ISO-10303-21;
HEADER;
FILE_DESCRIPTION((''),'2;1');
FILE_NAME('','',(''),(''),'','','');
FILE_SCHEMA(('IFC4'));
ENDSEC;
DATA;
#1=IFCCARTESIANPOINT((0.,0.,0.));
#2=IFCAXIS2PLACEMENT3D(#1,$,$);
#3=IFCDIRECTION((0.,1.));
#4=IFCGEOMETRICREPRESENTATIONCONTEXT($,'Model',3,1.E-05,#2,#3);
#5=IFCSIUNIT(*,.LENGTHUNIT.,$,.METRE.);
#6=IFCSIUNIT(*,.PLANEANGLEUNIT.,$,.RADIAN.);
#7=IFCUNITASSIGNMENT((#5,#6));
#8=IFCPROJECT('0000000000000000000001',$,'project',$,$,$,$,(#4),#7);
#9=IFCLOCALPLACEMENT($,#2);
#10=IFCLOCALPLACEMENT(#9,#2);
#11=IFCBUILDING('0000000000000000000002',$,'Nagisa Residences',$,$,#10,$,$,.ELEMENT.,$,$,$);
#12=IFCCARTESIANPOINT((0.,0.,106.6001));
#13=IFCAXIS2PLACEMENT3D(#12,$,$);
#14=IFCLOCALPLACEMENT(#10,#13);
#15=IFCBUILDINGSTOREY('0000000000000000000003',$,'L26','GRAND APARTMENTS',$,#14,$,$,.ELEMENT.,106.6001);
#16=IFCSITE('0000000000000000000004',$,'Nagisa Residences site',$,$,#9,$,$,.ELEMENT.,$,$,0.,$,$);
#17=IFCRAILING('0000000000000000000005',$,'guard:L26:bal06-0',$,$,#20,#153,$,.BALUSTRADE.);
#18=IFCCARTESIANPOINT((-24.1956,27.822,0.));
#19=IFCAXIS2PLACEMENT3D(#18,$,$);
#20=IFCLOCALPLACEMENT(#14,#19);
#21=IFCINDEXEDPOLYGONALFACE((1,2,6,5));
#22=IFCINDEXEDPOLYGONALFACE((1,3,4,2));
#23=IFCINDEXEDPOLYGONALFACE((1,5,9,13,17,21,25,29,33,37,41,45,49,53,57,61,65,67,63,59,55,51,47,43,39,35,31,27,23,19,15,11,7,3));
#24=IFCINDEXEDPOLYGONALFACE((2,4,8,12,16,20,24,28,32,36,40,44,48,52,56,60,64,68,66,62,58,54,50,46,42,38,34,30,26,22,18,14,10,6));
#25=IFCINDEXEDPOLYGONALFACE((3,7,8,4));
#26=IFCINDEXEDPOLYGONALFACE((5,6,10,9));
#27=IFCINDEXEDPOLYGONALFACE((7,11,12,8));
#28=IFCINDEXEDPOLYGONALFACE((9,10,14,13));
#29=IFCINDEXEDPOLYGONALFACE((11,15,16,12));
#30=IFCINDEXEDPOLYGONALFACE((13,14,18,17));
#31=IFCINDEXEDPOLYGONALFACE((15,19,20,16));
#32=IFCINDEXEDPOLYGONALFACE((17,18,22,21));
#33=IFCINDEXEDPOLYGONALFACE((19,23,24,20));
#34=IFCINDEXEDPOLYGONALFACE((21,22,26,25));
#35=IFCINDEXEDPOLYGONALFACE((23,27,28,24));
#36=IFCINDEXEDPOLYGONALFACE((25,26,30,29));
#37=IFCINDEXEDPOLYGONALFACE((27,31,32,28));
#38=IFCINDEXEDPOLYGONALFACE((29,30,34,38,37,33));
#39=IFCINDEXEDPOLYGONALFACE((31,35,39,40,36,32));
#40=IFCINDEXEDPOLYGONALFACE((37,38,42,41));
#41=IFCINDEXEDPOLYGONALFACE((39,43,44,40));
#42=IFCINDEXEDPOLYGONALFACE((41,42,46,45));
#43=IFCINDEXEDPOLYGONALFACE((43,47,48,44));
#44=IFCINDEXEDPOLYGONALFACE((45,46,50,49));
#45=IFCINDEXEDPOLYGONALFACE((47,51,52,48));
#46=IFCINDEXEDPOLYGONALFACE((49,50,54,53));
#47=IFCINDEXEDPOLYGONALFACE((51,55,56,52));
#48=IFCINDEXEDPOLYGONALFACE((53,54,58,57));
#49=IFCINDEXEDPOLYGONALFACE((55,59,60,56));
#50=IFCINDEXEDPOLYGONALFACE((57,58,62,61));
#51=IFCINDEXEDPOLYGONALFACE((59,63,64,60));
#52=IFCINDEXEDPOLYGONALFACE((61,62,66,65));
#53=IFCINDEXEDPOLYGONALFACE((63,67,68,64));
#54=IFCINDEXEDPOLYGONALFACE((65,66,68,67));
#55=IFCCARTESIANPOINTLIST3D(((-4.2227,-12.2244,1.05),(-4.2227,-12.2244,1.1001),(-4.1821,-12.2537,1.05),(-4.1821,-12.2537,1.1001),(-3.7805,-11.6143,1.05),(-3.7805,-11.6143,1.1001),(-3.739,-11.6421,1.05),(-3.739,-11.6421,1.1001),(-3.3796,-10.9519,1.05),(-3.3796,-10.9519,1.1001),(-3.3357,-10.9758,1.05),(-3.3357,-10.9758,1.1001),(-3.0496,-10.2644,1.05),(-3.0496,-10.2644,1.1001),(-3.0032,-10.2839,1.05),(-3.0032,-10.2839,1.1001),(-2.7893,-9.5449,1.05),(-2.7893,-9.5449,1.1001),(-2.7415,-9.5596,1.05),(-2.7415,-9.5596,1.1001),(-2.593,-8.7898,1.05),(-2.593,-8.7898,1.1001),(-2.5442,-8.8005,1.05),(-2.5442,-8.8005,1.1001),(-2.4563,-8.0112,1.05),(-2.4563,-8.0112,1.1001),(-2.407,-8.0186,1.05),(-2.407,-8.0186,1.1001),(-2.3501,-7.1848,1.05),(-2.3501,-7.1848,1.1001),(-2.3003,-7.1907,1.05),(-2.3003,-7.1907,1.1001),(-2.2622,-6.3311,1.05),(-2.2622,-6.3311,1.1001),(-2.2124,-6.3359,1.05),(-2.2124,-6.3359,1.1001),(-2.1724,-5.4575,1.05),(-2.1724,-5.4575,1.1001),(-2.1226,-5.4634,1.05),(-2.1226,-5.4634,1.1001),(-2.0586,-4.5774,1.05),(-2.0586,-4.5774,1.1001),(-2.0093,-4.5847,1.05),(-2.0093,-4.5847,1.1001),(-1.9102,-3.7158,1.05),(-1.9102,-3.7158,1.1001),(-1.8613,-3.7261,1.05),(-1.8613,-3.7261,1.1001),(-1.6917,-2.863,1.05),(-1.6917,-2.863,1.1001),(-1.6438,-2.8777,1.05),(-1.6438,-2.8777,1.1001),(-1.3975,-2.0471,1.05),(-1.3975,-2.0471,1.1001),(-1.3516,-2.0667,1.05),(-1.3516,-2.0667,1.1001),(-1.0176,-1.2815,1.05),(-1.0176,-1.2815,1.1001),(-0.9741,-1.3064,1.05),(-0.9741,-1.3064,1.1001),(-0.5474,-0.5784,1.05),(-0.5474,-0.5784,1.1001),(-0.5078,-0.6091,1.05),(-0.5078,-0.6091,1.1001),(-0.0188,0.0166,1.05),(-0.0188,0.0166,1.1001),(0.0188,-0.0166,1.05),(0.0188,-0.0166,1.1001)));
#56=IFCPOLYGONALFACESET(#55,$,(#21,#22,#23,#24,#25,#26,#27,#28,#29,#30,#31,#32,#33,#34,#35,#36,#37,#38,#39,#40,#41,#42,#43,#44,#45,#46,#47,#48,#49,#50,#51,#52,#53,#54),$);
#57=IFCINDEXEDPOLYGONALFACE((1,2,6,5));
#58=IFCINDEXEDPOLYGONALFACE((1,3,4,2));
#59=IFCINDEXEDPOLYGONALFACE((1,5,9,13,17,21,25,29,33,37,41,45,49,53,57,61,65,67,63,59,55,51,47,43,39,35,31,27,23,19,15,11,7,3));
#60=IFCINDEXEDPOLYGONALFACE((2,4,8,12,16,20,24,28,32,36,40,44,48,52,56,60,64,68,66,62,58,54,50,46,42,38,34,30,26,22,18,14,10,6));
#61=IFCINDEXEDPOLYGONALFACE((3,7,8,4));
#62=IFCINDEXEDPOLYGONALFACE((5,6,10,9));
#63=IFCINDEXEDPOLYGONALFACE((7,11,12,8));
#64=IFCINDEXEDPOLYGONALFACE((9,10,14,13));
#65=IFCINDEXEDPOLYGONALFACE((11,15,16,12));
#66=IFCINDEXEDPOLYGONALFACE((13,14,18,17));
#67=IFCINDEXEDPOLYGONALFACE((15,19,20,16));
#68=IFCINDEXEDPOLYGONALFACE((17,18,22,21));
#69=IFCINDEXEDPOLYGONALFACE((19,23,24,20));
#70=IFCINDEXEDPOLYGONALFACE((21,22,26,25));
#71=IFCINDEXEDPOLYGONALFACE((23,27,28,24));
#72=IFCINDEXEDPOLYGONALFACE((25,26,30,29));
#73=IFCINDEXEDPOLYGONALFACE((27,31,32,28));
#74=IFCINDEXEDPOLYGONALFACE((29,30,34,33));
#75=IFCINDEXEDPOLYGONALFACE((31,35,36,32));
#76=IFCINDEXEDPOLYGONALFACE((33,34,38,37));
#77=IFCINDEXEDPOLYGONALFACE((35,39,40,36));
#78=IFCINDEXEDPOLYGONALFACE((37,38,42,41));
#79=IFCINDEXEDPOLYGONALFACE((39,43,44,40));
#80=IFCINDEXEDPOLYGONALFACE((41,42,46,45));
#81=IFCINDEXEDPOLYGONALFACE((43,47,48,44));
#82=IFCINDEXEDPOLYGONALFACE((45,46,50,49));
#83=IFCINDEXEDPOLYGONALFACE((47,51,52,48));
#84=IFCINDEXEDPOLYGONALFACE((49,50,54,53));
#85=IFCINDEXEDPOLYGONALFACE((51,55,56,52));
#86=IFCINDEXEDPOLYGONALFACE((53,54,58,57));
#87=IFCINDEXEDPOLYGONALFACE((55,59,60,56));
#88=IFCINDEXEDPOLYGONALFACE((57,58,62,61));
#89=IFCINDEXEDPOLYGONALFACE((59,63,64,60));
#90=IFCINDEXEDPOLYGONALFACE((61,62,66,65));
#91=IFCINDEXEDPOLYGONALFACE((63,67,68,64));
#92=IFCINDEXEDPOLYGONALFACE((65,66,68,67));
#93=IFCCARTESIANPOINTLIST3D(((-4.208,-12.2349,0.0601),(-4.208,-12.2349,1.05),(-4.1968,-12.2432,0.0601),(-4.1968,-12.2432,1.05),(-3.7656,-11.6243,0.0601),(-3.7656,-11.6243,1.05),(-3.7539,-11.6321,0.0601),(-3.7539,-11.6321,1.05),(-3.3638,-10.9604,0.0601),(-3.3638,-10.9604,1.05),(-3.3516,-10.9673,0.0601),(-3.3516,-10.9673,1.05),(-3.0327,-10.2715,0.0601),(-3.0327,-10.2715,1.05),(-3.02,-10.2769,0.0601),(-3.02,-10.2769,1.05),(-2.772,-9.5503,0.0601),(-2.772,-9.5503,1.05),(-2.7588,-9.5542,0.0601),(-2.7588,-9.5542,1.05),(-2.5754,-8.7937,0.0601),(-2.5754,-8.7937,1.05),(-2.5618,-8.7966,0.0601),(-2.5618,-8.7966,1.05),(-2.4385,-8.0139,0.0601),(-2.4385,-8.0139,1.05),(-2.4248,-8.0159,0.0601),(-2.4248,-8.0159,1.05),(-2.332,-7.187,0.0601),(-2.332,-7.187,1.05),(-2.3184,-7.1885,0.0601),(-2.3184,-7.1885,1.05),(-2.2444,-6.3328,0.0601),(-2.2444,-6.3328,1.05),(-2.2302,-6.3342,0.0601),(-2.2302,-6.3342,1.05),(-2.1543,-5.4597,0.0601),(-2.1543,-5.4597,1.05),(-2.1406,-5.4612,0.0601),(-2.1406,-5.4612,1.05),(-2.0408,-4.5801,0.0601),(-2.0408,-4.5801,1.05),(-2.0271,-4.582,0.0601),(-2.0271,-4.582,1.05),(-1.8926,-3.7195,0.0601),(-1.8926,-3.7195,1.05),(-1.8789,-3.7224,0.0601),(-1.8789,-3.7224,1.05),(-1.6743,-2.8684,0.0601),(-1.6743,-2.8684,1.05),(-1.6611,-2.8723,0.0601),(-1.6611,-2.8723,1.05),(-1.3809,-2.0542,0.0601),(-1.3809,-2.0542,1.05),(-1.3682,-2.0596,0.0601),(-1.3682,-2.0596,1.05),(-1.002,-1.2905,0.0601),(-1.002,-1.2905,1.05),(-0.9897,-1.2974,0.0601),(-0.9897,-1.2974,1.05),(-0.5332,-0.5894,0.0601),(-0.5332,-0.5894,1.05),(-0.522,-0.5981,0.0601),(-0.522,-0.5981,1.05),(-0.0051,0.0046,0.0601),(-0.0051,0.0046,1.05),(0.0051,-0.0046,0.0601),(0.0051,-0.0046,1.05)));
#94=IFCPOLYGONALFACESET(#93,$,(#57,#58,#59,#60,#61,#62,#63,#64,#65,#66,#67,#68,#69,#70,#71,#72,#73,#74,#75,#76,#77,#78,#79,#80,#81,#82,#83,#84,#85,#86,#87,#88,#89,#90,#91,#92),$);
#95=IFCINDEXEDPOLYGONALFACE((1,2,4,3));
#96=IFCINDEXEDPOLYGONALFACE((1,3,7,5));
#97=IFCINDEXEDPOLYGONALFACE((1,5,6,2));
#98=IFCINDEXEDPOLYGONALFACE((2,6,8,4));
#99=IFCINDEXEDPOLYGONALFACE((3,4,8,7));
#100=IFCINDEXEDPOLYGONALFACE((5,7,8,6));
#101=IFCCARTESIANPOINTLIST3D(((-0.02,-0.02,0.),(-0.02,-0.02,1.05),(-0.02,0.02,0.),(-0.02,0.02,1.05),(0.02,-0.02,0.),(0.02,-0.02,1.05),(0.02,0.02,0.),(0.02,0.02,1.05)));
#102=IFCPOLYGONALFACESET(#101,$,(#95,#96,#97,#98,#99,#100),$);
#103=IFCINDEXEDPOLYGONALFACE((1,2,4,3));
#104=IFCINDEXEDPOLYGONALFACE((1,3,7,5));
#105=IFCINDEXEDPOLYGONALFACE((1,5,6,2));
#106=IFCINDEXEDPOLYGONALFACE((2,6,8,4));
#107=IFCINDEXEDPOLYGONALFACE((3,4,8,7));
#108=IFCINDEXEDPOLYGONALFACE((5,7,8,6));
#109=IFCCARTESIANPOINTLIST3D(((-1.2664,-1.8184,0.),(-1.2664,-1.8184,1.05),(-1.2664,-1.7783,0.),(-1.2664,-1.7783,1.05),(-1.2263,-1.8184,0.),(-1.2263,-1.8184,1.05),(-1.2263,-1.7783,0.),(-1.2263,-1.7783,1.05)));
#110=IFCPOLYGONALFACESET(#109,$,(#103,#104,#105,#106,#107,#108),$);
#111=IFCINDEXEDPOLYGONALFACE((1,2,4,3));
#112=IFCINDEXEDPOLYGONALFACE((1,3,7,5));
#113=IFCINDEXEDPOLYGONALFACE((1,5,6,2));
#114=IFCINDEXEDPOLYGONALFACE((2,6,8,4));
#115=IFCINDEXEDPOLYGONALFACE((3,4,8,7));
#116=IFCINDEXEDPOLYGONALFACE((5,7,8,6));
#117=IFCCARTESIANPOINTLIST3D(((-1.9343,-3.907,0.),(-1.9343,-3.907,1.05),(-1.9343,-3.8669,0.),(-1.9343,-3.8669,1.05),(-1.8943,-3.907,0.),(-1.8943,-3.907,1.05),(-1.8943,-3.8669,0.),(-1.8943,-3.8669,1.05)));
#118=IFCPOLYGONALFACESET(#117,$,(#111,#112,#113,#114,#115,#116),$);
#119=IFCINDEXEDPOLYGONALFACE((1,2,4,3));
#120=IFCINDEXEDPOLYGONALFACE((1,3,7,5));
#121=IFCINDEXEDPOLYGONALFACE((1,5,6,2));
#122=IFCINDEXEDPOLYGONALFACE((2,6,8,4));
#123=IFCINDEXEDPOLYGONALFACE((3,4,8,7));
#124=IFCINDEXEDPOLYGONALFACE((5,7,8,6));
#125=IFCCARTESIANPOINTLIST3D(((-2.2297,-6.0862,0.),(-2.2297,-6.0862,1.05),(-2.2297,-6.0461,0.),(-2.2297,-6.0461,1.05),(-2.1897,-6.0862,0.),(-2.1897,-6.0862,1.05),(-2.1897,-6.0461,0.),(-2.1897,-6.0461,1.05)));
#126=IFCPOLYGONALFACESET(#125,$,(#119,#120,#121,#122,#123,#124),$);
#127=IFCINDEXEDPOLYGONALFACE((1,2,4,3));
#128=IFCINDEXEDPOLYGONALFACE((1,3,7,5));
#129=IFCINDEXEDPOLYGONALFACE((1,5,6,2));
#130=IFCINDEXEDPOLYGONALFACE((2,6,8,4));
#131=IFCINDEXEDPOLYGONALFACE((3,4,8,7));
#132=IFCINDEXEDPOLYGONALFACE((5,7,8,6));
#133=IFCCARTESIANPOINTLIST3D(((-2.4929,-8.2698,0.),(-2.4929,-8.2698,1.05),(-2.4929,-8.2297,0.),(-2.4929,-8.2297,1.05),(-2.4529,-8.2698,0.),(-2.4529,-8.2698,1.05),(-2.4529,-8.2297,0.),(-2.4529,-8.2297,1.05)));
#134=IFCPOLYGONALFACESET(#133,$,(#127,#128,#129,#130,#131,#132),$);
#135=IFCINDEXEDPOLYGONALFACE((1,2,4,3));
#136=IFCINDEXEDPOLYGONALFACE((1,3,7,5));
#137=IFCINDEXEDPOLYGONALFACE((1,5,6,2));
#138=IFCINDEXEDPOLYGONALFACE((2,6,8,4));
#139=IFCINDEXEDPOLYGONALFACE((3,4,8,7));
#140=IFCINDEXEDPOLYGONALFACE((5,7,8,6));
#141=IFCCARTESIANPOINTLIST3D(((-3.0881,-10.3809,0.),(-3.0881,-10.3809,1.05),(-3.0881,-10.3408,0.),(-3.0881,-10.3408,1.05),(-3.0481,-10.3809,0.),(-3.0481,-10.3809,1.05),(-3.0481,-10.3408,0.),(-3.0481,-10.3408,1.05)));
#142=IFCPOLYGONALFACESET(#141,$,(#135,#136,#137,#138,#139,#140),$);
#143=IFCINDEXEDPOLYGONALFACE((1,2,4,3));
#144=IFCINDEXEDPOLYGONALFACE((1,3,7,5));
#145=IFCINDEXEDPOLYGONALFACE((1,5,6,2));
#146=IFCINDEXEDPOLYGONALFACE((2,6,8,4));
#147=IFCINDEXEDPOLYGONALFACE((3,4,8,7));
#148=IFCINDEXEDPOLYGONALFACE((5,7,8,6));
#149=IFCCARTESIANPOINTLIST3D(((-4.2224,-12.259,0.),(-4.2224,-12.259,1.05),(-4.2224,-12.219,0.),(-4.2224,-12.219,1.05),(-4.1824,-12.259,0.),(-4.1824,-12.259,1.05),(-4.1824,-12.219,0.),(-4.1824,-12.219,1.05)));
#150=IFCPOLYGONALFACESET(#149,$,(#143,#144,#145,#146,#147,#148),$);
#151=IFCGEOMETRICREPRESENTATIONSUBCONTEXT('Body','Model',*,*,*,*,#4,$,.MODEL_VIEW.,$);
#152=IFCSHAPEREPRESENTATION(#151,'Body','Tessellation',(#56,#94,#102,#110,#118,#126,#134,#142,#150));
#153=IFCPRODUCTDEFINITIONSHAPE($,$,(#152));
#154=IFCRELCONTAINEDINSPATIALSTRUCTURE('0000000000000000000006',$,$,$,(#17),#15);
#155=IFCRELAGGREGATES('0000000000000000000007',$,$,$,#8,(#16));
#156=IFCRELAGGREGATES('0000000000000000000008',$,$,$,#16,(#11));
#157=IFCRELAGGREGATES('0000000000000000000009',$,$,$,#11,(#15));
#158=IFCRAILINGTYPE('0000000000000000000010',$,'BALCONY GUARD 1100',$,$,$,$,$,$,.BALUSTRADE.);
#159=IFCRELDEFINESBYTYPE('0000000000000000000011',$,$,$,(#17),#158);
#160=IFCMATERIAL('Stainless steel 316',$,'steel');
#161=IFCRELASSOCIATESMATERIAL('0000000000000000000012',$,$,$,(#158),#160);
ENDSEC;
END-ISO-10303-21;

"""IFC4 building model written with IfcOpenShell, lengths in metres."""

from ifc_helpers import new_model, si_unit, direction, frame, origin, origin_2d, place, context, subcontext, project, spatial, polyline, rectangle, outline, extrude, material, type_object, element, save


model = new_model("IFC4")

# Units and contexts
model_context = context("Model", 3, precision=1e-05, world=origin(), true_north=direction((0.0, 1.0)))
body_context = subcontext(model_context, "Body", "Model", "MODEL_VIEW")
ifc_project = project(units=[si_unit("LENGTHUNIT", "METRE"), si_unit("PLANEANGLEUNIT", "RADIAN")], contexts=[model_context])

# Site, building, storey
site_placement = place(None, origin())
site = spatial("IfcSite", under=ifc_project, at=site_placement, Name="Nagisa Residences site", CompositionType="ELEMENT", RefElevation=0.0)
building_placement = place(site_placement, origin())
building = spatial("IfcBuilding", under=site, at=building_placement, Name="Nagisa Residences", CompositionType="ELEMENT")
storey_placement = place(building_placement, frame((0.0, 0.0, 106.6001)))
storey = spatial("IfcBuildingStorey", under=building, at=storey_placement, Name="L26", Description="GRAND APARTMENTS", CompositionType="ELEMENT", Elevation=106.6001)

# Railing
ifc_material_1 = material(Name="Stainless steel 316", Category="steel")
railing_type = type_object("IfcRailingType", Name="BALCONY GUARD 1100", PredefinedType="BALUSTRADE", material=ifc_material_1)
railing_1_placement = place(storey_placement, frame((-24.1956, 27.822, 0.0)))
element("IfcRailing", 1, at=railing_1_placement, inside=storey, type_object=railing_type, Name="guard:L26:bal06-0", PredefinedType="BALUSTRADE", context=body_context, shape_type="SweptSolid", body=[
    extrude(outline(polyline([(-0.5078, -0.6091), (0.0188, -0.0166), (-0.0188, 0.0166), (-0.5474, -0.5784), (-1.0176, -1.2815), (-1.3975, -2.0471), (-1.6917, -2.863), (-1.9102, -3.7158), (-2.0586, -4.5774), (-2.1724, -5.4575), (-2.2622, -6.3311), (-2.3501, -7.1848), (-2.4563, -8.0112), (-2.593, -8.7898), (-2.7893, -9.5449), (-3.0496, -10.2644), (-3.3796, -10.9519), (-3.7805, -11.6143), (-4.2227, -12.2244), (-4.1821, -12.2537), (-3.739, -11.6421), (-3.3357, -10.9758), (-3.0032, -10.2839), (-2.7415, -9.5596), (-2.5442, -8.8005), (-2.407, -8.0186), (-2.3003, -7.1907), (-2.2124, -6.3359), (-2.1226, -5.4634), (-2.0093, -4.5847), (-1.8613, -3.7261), (-1.6438, -2.8777), (-1.3516, -2.0667), (-0.9741, -1.3064), (-0.5078, -0.6091)])), frame((0.0, 0.0, 1.05)), (0.0, 0.0, 1.0), 0.05),
    extrude(outline(polyline([(-0.522, -0.5981), (0.0051, -0.0046), (-0.0051, 0.0046), (-0.5332, -0.5894), (-1.002, -1.2905), (-1.3809, -2.0542), (-1.6743, -2.8684), (-1.8926, -3.7195), (-2.0408, -4.5801), (-2.1543, -5.4597), (-2.2444, -6.3328), (-2.332, -7.187), (-2.4385, -8.0139), (-2.5754, -8.7937), (-2.772, -9.5503), (-3.0327, -10.2715), (-3.3638, -10.9604), (-3.7656, -11.6243), (-4.208, -12.2349), (-4.1968, -12.2432), (-3.7539, -11.6321), (-3.3516, -10.9673), (-3.02, -10.2769), (-2.7588, -9.5542), (-2.5618, -8.7966), (-2.4248, -8.0159), (-2.3184, -7.1885), (-2.2302, -6.3342), (-2.1406, -5.4612), (-2.0271, -4.582), (-1.8789, -3.7224), (-1.6611, -2.8723), (-1.3682, -2.0596), (-0.9897, -1.2974), (-0.522, -0.5981)])), frame((0.0, 0.0, 0.0601)), (0.0, 0.0, 1.0), 0.99),
    extrude(rectangle(XDim=0.04, YDim=0.04, at=origin_2d()), origin(), (0.0, 0.0, 1.0), 1.05),
    extrude(rectangle(XDim=0.04, YDim=0.04, at=origin_2d()), frame((-1.2463, -1.7983, 0.0)), (0.0, 0.0, 1.0), 1.05),
    extrude(rectangle(XDim=0.04, YDim=0.04, at=origin_2d()), frame((-1.9143, -3.887, 0.0)), (0.0, 0.0, 1.0), 1.05),
    extrude(rectangle(XDim=0.04, YDim=0.04, at=origin_2d()), frame((-2.2097, -6.0662, 0.0)), (0.0, 0.0, 1.0), 1.05),
    extrude(rectangle(XDim=0.04, YDim=0.04, at=origin_2d()), frame((-2.4729, -8.2498, 0.0)), (0.0, 0.0, 1.0), 1.05),
    extrude(rectangle(XDim=0.04, YDim=0.04, at=origin_2d()), frame((-3.0681, -10.3608, 0.0)), (0.0, 0.0, 1.0), 1.05),
    extrude(rectangle(XDim=0.04, YDim=0.04, at=origin_2d()), frame((-4.2024, -12.239, 0.0)), (0.0, 0.0, 1.0), 1.05),
])

save(model, "model.ifc")
